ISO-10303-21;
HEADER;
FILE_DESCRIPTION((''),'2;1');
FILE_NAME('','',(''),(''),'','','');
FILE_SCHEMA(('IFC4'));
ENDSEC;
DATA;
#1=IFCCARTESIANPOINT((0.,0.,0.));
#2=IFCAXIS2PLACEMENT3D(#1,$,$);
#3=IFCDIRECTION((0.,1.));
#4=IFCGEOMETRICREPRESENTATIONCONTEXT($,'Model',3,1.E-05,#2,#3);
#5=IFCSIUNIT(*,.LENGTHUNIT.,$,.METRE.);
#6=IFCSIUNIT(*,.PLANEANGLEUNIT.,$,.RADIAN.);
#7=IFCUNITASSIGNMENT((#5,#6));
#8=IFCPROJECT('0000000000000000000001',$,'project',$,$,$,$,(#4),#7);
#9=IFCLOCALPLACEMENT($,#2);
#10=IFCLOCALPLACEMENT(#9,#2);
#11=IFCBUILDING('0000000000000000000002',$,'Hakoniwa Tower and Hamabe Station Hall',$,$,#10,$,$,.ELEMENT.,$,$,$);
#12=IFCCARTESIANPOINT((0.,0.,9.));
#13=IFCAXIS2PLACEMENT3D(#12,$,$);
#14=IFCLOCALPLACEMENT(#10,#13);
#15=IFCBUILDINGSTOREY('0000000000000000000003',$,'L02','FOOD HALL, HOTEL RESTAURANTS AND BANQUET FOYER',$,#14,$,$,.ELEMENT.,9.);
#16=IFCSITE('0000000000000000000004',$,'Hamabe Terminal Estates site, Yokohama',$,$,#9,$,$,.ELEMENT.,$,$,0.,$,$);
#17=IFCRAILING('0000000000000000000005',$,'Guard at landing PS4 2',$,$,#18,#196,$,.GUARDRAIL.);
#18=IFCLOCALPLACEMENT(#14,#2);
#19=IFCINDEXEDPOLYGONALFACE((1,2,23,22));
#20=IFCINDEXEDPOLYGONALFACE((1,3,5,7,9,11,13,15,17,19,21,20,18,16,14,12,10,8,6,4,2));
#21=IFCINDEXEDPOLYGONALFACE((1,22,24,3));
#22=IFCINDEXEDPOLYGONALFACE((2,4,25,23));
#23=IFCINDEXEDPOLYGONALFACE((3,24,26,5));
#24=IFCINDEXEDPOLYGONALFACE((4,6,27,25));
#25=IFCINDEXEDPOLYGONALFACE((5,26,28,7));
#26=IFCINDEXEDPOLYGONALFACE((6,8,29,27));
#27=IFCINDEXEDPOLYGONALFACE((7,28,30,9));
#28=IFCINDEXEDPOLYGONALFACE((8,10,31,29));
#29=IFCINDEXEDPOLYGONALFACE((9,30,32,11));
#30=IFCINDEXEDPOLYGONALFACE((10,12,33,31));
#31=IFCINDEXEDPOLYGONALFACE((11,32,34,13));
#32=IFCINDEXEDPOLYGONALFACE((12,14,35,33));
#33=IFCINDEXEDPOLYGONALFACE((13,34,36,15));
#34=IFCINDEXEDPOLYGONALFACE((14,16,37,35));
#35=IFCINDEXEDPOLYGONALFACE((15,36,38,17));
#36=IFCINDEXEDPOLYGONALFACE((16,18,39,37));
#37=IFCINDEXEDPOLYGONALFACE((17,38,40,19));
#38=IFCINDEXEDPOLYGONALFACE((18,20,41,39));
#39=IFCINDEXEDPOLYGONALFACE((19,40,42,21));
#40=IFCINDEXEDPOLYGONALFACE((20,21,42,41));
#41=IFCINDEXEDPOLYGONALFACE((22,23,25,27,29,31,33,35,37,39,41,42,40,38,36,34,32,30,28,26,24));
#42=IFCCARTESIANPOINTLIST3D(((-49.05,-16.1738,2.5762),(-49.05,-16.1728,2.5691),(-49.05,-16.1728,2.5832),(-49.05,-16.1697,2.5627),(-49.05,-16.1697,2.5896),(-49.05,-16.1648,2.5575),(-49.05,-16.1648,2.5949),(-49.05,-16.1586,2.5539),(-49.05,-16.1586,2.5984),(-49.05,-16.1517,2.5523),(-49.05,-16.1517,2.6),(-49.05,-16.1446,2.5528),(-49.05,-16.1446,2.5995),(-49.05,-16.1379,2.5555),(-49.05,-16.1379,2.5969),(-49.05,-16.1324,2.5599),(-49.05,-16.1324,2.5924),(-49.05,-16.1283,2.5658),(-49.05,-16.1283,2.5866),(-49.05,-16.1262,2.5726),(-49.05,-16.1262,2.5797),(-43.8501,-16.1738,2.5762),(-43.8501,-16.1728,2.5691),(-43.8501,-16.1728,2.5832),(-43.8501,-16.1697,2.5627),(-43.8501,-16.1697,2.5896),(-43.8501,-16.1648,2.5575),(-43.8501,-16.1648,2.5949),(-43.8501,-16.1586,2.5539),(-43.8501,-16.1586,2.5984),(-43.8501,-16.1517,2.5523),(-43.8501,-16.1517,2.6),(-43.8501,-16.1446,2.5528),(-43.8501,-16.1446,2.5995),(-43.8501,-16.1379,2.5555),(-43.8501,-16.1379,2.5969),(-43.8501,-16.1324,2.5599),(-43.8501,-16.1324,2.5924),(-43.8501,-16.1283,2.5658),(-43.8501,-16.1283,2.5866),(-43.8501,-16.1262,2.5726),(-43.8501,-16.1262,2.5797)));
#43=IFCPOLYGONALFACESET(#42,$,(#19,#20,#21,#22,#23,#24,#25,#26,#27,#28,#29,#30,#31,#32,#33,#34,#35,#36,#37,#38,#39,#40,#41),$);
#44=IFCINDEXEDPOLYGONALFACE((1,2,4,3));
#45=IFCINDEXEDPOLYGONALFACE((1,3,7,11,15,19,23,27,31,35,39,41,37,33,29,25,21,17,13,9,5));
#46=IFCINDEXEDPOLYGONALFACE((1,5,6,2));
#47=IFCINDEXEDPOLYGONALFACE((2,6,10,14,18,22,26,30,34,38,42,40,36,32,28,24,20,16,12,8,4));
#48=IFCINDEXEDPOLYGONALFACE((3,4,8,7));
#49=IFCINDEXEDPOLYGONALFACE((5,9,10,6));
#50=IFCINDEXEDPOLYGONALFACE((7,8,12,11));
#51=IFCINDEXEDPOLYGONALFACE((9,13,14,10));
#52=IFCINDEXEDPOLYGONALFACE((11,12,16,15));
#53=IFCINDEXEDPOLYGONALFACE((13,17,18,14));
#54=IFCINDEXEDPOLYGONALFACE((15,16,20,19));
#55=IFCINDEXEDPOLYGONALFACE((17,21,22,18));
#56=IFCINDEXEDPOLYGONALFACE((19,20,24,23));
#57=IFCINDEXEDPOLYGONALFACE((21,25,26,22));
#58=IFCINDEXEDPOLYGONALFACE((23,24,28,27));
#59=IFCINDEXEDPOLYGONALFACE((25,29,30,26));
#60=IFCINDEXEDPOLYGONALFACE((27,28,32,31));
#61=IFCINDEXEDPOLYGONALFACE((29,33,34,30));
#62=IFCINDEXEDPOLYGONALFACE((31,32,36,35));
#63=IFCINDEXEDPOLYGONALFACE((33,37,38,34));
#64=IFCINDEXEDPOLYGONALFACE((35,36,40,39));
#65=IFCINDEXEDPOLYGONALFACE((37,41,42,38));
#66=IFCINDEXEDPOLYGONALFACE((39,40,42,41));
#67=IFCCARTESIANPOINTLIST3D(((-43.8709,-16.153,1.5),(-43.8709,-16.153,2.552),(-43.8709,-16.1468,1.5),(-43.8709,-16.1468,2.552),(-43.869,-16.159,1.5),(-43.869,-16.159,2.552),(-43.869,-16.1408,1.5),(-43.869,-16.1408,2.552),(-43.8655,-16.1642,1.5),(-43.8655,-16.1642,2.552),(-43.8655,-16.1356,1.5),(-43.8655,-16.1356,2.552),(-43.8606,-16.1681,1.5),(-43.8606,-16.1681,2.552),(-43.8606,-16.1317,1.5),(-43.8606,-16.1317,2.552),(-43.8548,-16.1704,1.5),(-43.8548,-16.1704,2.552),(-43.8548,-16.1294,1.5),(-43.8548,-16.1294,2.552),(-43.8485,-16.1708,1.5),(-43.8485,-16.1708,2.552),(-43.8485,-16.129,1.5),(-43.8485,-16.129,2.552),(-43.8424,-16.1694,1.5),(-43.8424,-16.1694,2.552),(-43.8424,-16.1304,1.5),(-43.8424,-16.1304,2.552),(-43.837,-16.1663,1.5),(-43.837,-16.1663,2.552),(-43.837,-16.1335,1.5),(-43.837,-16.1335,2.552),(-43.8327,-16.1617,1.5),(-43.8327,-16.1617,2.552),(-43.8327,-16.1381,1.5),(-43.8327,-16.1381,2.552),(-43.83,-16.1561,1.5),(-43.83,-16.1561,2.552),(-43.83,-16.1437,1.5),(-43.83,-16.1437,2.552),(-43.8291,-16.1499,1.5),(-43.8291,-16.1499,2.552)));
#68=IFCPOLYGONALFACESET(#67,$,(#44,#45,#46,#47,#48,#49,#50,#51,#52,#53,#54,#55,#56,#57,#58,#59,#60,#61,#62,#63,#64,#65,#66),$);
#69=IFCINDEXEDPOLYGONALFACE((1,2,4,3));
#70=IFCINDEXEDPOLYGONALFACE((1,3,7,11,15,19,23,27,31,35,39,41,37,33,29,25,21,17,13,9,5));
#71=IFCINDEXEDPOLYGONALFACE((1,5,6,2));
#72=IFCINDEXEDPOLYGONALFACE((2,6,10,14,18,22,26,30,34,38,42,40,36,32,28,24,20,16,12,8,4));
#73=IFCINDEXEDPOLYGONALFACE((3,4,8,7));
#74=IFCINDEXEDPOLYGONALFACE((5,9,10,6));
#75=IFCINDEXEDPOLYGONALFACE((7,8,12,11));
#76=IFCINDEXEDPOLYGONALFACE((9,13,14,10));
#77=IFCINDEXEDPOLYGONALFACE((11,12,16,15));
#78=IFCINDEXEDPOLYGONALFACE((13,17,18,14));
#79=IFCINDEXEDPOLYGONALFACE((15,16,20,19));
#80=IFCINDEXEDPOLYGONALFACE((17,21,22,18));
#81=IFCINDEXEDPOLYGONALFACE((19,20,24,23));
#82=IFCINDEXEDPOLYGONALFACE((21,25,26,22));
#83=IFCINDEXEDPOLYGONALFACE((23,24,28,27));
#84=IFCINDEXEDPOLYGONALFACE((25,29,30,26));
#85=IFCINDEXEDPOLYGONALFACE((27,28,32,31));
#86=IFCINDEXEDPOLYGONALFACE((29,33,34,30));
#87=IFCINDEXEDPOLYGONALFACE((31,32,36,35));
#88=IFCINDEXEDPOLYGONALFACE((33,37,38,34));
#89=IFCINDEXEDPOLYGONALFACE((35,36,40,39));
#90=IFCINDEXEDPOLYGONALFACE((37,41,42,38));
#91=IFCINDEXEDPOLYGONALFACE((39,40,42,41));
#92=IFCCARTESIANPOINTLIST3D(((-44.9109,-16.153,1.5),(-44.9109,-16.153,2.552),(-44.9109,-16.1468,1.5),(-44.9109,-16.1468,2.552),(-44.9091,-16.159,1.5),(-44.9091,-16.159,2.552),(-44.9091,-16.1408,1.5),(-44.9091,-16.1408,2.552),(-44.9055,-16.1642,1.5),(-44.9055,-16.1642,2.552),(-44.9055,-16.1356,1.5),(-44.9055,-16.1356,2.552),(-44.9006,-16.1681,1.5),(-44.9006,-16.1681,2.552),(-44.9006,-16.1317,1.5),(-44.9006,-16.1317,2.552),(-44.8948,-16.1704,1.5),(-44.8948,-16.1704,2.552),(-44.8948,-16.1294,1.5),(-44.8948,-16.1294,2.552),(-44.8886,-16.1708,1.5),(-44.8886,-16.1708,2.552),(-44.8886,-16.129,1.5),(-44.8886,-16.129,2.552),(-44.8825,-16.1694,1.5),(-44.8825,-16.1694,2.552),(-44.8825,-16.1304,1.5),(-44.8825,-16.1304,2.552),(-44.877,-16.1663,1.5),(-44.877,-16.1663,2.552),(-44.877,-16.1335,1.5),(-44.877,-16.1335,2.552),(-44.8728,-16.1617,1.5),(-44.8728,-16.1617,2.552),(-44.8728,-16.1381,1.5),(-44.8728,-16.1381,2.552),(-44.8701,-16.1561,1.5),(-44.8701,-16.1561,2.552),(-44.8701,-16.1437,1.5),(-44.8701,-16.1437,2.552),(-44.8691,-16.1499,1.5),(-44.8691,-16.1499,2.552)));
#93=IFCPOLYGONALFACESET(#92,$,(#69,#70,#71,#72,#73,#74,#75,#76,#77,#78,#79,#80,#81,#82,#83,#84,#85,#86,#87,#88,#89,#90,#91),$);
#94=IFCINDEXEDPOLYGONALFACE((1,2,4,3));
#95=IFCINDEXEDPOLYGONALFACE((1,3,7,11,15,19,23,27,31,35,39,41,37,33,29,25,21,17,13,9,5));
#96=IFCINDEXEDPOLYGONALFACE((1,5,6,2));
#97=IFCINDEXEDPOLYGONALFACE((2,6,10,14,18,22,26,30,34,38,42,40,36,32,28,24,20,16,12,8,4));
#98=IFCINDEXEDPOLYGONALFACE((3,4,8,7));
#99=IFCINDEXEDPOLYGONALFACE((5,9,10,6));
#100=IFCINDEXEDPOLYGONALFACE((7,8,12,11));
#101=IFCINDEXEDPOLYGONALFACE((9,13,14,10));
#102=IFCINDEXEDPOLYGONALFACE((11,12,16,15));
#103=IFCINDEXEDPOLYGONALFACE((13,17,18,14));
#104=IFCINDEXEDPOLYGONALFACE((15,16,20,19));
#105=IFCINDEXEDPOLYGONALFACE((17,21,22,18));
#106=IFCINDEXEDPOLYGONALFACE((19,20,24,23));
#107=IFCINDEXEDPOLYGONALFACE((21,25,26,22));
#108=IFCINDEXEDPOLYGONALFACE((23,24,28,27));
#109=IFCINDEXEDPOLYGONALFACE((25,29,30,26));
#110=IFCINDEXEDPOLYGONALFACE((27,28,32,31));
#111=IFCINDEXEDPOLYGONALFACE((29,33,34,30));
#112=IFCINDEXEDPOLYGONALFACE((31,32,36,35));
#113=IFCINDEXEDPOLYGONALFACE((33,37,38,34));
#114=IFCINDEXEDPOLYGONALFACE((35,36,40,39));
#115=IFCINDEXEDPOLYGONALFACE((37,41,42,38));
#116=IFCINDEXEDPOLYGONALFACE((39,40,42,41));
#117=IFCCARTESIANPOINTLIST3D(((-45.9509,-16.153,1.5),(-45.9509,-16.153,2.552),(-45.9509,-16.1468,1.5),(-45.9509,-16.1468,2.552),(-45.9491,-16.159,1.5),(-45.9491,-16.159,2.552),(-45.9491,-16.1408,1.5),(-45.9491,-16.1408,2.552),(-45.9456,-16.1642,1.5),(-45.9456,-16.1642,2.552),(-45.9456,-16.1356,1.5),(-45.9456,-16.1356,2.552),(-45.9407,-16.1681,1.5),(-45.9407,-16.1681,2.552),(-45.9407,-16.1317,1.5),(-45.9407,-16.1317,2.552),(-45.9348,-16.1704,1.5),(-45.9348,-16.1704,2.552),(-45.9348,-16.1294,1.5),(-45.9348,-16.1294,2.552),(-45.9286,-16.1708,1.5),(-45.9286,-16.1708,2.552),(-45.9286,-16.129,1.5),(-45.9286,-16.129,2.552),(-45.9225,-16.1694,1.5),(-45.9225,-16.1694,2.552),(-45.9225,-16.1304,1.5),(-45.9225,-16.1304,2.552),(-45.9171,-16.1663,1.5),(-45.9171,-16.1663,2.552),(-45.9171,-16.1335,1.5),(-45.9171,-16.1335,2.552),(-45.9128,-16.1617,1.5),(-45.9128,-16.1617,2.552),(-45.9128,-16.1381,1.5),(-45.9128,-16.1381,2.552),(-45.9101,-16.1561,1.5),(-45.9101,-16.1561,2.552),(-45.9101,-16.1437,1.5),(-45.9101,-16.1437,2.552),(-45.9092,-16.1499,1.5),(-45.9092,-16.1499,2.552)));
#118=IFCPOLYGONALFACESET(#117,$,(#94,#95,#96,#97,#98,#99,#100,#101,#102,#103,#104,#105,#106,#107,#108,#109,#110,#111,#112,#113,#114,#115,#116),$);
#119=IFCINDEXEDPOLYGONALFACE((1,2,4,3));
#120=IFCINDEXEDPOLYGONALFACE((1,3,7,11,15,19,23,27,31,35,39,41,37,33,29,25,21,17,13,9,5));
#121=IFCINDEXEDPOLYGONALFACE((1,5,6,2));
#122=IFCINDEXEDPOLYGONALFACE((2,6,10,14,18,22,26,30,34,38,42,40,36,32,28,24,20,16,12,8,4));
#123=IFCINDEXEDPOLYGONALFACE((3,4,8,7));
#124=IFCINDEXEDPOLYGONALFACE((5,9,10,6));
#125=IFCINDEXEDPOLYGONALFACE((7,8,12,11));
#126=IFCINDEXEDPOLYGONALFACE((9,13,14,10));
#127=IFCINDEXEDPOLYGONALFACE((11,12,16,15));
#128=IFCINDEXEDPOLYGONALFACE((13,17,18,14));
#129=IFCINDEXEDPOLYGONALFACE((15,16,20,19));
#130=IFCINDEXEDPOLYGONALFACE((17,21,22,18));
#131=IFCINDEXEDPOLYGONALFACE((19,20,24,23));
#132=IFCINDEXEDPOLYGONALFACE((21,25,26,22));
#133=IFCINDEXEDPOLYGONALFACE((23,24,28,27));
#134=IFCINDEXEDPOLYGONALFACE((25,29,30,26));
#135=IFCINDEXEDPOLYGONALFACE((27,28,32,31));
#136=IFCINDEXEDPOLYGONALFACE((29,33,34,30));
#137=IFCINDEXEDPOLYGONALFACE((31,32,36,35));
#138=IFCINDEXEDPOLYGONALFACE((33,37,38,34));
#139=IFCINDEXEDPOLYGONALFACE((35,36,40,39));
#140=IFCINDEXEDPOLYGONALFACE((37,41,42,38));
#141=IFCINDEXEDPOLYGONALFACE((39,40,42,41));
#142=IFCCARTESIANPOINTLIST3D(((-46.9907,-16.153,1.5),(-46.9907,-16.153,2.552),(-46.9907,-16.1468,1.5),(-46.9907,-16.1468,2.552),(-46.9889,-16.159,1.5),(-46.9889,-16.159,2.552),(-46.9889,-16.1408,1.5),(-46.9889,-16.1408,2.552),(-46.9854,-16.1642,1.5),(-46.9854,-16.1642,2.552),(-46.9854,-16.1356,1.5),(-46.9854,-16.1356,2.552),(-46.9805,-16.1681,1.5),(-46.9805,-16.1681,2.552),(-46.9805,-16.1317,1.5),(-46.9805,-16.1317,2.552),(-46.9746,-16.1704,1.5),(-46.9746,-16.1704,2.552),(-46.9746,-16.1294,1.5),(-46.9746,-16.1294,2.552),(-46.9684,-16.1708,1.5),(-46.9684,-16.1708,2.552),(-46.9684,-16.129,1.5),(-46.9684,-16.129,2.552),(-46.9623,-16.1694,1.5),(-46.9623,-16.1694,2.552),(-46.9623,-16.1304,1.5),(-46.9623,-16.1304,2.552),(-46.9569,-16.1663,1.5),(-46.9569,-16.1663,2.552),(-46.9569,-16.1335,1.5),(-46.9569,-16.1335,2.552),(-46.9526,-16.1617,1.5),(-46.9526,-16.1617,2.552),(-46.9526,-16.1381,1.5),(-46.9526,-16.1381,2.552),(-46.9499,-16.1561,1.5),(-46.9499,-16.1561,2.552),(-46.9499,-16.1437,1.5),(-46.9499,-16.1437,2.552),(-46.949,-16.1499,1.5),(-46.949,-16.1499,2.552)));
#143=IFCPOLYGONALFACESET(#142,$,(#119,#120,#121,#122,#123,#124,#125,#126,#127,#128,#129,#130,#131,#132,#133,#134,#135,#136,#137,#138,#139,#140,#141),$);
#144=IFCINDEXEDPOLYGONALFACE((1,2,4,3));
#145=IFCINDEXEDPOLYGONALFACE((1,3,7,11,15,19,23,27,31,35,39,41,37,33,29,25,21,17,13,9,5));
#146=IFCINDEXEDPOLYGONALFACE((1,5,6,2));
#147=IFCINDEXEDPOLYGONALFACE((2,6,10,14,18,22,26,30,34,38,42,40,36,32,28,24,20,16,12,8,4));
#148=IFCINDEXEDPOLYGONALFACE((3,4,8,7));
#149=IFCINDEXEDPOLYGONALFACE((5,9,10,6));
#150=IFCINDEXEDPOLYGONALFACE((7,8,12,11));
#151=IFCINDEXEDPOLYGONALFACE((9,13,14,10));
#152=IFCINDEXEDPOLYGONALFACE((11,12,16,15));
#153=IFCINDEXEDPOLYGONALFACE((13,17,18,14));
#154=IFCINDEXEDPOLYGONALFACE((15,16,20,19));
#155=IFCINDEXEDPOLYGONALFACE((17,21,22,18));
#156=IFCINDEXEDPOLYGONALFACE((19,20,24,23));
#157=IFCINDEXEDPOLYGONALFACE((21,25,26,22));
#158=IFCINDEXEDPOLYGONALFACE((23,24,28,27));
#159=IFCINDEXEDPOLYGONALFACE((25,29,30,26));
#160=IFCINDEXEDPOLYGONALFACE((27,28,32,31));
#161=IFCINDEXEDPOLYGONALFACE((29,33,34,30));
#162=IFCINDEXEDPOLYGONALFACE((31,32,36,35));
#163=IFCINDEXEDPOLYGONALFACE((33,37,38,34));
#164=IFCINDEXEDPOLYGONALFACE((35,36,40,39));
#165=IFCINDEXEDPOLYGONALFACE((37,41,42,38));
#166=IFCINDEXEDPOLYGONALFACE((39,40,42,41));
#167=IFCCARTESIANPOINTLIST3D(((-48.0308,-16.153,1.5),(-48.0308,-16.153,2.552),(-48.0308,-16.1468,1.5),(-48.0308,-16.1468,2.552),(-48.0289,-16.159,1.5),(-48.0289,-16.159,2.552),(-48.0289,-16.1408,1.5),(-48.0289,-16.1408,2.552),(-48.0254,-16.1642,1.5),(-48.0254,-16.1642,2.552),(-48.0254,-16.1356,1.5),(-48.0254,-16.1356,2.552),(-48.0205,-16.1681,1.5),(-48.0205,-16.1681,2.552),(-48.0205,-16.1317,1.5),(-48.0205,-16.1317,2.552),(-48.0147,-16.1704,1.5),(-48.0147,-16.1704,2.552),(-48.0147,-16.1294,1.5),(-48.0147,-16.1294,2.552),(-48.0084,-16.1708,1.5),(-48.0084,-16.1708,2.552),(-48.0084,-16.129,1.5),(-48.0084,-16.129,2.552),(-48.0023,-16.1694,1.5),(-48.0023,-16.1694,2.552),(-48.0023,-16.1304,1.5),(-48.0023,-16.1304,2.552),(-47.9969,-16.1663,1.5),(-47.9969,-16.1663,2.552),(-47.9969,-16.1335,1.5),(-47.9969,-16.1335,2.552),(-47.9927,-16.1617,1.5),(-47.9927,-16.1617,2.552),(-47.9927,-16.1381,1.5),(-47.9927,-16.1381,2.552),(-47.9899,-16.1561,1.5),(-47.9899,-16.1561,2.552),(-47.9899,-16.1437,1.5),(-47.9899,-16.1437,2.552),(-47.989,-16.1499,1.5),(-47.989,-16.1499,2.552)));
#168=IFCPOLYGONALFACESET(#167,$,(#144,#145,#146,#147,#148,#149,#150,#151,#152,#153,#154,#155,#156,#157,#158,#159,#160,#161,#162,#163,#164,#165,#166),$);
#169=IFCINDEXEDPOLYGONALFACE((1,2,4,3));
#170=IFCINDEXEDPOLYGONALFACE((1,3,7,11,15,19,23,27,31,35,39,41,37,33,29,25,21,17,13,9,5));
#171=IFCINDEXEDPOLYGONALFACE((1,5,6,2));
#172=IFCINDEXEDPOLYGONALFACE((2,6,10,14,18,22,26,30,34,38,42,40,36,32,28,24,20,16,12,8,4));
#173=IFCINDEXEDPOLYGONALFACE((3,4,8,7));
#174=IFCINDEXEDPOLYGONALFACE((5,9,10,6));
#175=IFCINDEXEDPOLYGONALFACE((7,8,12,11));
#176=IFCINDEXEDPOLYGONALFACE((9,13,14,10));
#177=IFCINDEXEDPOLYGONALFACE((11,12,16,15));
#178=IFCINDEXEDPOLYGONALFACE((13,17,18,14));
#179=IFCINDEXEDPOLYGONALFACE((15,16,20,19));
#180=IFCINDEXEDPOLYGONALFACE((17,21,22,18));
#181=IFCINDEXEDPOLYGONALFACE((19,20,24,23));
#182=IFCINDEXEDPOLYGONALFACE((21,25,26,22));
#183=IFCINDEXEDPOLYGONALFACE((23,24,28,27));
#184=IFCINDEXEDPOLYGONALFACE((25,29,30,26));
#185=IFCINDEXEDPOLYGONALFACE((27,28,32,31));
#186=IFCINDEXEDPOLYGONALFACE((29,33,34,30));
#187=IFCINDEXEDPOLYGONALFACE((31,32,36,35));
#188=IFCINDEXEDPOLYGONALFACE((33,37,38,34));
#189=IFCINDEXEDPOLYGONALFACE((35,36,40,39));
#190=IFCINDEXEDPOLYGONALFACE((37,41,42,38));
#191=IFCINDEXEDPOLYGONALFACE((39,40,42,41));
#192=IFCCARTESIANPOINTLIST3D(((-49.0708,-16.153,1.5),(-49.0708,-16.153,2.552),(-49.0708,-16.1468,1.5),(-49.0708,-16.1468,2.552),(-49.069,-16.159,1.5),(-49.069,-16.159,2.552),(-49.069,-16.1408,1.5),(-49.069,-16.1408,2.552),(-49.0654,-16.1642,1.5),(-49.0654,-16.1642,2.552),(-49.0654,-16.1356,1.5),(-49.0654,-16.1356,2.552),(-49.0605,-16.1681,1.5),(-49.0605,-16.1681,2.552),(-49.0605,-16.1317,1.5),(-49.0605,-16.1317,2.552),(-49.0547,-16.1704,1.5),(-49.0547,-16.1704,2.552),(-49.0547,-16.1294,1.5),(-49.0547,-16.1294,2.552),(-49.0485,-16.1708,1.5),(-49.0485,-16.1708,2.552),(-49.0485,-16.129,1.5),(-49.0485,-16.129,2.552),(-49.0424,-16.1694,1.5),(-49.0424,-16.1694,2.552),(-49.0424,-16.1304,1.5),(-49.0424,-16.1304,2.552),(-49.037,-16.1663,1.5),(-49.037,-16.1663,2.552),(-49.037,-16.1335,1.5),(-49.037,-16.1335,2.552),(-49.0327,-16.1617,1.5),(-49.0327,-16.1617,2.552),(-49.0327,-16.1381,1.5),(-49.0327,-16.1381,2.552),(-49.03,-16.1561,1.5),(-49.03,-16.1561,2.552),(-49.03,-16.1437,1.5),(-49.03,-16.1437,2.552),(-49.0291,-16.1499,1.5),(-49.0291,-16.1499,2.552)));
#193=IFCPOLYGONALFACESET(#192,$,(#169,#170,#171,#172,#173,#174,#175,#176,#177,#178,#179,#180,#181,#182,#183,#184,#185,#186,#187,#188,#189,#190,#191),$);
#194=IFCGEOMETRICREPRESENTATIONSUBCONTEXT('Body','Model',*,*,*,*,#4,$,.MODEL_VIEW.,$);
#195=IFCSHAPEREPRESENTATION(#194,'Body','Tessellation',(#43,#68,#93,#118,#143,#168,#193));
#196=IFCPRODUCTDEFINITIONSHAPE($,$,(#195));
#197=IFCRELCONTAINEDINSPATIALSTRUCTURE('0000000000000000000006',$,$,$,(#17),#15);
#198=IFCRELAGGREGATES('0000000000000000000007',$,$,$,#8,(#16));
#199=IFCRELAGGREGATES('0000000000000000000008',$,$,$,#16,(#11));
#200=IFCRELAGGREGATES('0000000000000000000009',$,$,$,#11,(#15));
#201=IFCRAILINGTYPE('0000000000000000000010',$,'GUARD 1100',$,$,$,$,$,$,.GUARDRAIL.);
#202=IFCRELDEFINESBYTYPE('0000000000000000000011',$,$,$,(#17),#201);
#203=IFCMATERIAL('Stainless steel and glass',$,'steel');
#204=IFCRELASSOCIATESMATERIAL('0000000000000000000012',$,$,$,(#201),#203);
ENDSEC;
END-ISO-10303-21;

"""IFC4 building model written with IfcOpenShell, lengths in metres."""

from ifc_helpers import new_model, si_unit, direction, frame, origin, origin_2d, place, context, subcontext, project, spatial, circle, extrude, material, type_object, element, save


model = new_model("IFC4")

# Units and contexts
model_context = context("Model", 3, precision=1e-05, world=origin(), true_north=direction((0.0, 1.0)))
body_context = subcontext(model_context, "Body", "Model", "MODEL_VIEW")
ifc_project = project(units=[si_unit("LENGTHUNIT", "METRE"), si_unit("PLANEANGLEUNIT", "RADIAN")], contexts=[model_context])

# Site, building, storey
site_placement = place(None, origin())
site = spatial("IfcSite", under=ifc_project, at=site_placement, Name="Hamabe Terminal Estates site, Yokohama", CompositionType="ELEMENT", RefElevation=0.0)
building_placement = place(site_placement, origin())
building = spatial("IfcBuilding", under=site, at=building_placement, Name="Hakoniwa Tower and Hamabe Station Hall", CompositionType="ELEMENT")
storey_placement = place(building_placement, frame((0.0, 0.0, 9.0)))
storey = spatial("IfcBuildingStorey", under=building, at=storey_placement, Name="L02", Description="FOOD HALL, HOTEL RESTAURANTS AND BANQUET FOYER", CompositionType="ELEMENT", Elevation=9.0)

# Railing
ifc_material_1 = material(Name="Stainless steel and glass", Category="steel")
railing_type_1 = type_object("IfcRailingType", Name="GUARD 1100", PredefinedType="GUARDRAIL", material=ifc_material_1)
railing_1_placement = place(storey_placement, frame((-43.8501, -16.1499, 1.5)))
element("IfcRailing", 1, at=railing_1_placement, inside=storey, type_object=railing_type_1, Name="Guard at landing PS4 2", PredefinedType="GUARDRAIL", context=body_context, shape_type="SweptSolid", body=[
    extrude(circle(Radius=0.0239, at=origin_2d()), frame((0.0, 0.0, 1.0762), z_axis=(-1.0, 0.0, 0.0), x_axis=(0.0, -1.0, 0.0)), (0.0, 0.0, 1.0), 5.2),
    extrude(circle(Radius=0.021, at=origin_2d()), origin(), (0.0, 0.0, 1.0), 1.052),
    extrude(circle(Radius=0.021, at=origin_2d()), frame((-1.04, 0.0, 0.0)), (0.0, 0.0, 1.0), 1.052),
    extrude(circle(Radius=0.021, at=origin_2d()), frame((-2.0801, 0.0, 0.0)), (0.0, 0.0, 1.0), 1.052),
    extrude(circle(Radius=0.021, at=origin_2d()), frame((-3.1199, 0.0, 0.0)), (0.0, 0.0, 1.0), 1.052),
    extrude(circle(Radius=0.021, at=origin_2d()), frame((-4.1599, 0.0, 0.0)), (0.0, 0.0, 1.0), 1.052),
    extrude(circle(Radius=0.021, at=origin_2d()), frame((-5.2, 0.0, 0.0)), (0.0, 0.0, 1.0), 1.052),
])

save(model, "model.ifc")
